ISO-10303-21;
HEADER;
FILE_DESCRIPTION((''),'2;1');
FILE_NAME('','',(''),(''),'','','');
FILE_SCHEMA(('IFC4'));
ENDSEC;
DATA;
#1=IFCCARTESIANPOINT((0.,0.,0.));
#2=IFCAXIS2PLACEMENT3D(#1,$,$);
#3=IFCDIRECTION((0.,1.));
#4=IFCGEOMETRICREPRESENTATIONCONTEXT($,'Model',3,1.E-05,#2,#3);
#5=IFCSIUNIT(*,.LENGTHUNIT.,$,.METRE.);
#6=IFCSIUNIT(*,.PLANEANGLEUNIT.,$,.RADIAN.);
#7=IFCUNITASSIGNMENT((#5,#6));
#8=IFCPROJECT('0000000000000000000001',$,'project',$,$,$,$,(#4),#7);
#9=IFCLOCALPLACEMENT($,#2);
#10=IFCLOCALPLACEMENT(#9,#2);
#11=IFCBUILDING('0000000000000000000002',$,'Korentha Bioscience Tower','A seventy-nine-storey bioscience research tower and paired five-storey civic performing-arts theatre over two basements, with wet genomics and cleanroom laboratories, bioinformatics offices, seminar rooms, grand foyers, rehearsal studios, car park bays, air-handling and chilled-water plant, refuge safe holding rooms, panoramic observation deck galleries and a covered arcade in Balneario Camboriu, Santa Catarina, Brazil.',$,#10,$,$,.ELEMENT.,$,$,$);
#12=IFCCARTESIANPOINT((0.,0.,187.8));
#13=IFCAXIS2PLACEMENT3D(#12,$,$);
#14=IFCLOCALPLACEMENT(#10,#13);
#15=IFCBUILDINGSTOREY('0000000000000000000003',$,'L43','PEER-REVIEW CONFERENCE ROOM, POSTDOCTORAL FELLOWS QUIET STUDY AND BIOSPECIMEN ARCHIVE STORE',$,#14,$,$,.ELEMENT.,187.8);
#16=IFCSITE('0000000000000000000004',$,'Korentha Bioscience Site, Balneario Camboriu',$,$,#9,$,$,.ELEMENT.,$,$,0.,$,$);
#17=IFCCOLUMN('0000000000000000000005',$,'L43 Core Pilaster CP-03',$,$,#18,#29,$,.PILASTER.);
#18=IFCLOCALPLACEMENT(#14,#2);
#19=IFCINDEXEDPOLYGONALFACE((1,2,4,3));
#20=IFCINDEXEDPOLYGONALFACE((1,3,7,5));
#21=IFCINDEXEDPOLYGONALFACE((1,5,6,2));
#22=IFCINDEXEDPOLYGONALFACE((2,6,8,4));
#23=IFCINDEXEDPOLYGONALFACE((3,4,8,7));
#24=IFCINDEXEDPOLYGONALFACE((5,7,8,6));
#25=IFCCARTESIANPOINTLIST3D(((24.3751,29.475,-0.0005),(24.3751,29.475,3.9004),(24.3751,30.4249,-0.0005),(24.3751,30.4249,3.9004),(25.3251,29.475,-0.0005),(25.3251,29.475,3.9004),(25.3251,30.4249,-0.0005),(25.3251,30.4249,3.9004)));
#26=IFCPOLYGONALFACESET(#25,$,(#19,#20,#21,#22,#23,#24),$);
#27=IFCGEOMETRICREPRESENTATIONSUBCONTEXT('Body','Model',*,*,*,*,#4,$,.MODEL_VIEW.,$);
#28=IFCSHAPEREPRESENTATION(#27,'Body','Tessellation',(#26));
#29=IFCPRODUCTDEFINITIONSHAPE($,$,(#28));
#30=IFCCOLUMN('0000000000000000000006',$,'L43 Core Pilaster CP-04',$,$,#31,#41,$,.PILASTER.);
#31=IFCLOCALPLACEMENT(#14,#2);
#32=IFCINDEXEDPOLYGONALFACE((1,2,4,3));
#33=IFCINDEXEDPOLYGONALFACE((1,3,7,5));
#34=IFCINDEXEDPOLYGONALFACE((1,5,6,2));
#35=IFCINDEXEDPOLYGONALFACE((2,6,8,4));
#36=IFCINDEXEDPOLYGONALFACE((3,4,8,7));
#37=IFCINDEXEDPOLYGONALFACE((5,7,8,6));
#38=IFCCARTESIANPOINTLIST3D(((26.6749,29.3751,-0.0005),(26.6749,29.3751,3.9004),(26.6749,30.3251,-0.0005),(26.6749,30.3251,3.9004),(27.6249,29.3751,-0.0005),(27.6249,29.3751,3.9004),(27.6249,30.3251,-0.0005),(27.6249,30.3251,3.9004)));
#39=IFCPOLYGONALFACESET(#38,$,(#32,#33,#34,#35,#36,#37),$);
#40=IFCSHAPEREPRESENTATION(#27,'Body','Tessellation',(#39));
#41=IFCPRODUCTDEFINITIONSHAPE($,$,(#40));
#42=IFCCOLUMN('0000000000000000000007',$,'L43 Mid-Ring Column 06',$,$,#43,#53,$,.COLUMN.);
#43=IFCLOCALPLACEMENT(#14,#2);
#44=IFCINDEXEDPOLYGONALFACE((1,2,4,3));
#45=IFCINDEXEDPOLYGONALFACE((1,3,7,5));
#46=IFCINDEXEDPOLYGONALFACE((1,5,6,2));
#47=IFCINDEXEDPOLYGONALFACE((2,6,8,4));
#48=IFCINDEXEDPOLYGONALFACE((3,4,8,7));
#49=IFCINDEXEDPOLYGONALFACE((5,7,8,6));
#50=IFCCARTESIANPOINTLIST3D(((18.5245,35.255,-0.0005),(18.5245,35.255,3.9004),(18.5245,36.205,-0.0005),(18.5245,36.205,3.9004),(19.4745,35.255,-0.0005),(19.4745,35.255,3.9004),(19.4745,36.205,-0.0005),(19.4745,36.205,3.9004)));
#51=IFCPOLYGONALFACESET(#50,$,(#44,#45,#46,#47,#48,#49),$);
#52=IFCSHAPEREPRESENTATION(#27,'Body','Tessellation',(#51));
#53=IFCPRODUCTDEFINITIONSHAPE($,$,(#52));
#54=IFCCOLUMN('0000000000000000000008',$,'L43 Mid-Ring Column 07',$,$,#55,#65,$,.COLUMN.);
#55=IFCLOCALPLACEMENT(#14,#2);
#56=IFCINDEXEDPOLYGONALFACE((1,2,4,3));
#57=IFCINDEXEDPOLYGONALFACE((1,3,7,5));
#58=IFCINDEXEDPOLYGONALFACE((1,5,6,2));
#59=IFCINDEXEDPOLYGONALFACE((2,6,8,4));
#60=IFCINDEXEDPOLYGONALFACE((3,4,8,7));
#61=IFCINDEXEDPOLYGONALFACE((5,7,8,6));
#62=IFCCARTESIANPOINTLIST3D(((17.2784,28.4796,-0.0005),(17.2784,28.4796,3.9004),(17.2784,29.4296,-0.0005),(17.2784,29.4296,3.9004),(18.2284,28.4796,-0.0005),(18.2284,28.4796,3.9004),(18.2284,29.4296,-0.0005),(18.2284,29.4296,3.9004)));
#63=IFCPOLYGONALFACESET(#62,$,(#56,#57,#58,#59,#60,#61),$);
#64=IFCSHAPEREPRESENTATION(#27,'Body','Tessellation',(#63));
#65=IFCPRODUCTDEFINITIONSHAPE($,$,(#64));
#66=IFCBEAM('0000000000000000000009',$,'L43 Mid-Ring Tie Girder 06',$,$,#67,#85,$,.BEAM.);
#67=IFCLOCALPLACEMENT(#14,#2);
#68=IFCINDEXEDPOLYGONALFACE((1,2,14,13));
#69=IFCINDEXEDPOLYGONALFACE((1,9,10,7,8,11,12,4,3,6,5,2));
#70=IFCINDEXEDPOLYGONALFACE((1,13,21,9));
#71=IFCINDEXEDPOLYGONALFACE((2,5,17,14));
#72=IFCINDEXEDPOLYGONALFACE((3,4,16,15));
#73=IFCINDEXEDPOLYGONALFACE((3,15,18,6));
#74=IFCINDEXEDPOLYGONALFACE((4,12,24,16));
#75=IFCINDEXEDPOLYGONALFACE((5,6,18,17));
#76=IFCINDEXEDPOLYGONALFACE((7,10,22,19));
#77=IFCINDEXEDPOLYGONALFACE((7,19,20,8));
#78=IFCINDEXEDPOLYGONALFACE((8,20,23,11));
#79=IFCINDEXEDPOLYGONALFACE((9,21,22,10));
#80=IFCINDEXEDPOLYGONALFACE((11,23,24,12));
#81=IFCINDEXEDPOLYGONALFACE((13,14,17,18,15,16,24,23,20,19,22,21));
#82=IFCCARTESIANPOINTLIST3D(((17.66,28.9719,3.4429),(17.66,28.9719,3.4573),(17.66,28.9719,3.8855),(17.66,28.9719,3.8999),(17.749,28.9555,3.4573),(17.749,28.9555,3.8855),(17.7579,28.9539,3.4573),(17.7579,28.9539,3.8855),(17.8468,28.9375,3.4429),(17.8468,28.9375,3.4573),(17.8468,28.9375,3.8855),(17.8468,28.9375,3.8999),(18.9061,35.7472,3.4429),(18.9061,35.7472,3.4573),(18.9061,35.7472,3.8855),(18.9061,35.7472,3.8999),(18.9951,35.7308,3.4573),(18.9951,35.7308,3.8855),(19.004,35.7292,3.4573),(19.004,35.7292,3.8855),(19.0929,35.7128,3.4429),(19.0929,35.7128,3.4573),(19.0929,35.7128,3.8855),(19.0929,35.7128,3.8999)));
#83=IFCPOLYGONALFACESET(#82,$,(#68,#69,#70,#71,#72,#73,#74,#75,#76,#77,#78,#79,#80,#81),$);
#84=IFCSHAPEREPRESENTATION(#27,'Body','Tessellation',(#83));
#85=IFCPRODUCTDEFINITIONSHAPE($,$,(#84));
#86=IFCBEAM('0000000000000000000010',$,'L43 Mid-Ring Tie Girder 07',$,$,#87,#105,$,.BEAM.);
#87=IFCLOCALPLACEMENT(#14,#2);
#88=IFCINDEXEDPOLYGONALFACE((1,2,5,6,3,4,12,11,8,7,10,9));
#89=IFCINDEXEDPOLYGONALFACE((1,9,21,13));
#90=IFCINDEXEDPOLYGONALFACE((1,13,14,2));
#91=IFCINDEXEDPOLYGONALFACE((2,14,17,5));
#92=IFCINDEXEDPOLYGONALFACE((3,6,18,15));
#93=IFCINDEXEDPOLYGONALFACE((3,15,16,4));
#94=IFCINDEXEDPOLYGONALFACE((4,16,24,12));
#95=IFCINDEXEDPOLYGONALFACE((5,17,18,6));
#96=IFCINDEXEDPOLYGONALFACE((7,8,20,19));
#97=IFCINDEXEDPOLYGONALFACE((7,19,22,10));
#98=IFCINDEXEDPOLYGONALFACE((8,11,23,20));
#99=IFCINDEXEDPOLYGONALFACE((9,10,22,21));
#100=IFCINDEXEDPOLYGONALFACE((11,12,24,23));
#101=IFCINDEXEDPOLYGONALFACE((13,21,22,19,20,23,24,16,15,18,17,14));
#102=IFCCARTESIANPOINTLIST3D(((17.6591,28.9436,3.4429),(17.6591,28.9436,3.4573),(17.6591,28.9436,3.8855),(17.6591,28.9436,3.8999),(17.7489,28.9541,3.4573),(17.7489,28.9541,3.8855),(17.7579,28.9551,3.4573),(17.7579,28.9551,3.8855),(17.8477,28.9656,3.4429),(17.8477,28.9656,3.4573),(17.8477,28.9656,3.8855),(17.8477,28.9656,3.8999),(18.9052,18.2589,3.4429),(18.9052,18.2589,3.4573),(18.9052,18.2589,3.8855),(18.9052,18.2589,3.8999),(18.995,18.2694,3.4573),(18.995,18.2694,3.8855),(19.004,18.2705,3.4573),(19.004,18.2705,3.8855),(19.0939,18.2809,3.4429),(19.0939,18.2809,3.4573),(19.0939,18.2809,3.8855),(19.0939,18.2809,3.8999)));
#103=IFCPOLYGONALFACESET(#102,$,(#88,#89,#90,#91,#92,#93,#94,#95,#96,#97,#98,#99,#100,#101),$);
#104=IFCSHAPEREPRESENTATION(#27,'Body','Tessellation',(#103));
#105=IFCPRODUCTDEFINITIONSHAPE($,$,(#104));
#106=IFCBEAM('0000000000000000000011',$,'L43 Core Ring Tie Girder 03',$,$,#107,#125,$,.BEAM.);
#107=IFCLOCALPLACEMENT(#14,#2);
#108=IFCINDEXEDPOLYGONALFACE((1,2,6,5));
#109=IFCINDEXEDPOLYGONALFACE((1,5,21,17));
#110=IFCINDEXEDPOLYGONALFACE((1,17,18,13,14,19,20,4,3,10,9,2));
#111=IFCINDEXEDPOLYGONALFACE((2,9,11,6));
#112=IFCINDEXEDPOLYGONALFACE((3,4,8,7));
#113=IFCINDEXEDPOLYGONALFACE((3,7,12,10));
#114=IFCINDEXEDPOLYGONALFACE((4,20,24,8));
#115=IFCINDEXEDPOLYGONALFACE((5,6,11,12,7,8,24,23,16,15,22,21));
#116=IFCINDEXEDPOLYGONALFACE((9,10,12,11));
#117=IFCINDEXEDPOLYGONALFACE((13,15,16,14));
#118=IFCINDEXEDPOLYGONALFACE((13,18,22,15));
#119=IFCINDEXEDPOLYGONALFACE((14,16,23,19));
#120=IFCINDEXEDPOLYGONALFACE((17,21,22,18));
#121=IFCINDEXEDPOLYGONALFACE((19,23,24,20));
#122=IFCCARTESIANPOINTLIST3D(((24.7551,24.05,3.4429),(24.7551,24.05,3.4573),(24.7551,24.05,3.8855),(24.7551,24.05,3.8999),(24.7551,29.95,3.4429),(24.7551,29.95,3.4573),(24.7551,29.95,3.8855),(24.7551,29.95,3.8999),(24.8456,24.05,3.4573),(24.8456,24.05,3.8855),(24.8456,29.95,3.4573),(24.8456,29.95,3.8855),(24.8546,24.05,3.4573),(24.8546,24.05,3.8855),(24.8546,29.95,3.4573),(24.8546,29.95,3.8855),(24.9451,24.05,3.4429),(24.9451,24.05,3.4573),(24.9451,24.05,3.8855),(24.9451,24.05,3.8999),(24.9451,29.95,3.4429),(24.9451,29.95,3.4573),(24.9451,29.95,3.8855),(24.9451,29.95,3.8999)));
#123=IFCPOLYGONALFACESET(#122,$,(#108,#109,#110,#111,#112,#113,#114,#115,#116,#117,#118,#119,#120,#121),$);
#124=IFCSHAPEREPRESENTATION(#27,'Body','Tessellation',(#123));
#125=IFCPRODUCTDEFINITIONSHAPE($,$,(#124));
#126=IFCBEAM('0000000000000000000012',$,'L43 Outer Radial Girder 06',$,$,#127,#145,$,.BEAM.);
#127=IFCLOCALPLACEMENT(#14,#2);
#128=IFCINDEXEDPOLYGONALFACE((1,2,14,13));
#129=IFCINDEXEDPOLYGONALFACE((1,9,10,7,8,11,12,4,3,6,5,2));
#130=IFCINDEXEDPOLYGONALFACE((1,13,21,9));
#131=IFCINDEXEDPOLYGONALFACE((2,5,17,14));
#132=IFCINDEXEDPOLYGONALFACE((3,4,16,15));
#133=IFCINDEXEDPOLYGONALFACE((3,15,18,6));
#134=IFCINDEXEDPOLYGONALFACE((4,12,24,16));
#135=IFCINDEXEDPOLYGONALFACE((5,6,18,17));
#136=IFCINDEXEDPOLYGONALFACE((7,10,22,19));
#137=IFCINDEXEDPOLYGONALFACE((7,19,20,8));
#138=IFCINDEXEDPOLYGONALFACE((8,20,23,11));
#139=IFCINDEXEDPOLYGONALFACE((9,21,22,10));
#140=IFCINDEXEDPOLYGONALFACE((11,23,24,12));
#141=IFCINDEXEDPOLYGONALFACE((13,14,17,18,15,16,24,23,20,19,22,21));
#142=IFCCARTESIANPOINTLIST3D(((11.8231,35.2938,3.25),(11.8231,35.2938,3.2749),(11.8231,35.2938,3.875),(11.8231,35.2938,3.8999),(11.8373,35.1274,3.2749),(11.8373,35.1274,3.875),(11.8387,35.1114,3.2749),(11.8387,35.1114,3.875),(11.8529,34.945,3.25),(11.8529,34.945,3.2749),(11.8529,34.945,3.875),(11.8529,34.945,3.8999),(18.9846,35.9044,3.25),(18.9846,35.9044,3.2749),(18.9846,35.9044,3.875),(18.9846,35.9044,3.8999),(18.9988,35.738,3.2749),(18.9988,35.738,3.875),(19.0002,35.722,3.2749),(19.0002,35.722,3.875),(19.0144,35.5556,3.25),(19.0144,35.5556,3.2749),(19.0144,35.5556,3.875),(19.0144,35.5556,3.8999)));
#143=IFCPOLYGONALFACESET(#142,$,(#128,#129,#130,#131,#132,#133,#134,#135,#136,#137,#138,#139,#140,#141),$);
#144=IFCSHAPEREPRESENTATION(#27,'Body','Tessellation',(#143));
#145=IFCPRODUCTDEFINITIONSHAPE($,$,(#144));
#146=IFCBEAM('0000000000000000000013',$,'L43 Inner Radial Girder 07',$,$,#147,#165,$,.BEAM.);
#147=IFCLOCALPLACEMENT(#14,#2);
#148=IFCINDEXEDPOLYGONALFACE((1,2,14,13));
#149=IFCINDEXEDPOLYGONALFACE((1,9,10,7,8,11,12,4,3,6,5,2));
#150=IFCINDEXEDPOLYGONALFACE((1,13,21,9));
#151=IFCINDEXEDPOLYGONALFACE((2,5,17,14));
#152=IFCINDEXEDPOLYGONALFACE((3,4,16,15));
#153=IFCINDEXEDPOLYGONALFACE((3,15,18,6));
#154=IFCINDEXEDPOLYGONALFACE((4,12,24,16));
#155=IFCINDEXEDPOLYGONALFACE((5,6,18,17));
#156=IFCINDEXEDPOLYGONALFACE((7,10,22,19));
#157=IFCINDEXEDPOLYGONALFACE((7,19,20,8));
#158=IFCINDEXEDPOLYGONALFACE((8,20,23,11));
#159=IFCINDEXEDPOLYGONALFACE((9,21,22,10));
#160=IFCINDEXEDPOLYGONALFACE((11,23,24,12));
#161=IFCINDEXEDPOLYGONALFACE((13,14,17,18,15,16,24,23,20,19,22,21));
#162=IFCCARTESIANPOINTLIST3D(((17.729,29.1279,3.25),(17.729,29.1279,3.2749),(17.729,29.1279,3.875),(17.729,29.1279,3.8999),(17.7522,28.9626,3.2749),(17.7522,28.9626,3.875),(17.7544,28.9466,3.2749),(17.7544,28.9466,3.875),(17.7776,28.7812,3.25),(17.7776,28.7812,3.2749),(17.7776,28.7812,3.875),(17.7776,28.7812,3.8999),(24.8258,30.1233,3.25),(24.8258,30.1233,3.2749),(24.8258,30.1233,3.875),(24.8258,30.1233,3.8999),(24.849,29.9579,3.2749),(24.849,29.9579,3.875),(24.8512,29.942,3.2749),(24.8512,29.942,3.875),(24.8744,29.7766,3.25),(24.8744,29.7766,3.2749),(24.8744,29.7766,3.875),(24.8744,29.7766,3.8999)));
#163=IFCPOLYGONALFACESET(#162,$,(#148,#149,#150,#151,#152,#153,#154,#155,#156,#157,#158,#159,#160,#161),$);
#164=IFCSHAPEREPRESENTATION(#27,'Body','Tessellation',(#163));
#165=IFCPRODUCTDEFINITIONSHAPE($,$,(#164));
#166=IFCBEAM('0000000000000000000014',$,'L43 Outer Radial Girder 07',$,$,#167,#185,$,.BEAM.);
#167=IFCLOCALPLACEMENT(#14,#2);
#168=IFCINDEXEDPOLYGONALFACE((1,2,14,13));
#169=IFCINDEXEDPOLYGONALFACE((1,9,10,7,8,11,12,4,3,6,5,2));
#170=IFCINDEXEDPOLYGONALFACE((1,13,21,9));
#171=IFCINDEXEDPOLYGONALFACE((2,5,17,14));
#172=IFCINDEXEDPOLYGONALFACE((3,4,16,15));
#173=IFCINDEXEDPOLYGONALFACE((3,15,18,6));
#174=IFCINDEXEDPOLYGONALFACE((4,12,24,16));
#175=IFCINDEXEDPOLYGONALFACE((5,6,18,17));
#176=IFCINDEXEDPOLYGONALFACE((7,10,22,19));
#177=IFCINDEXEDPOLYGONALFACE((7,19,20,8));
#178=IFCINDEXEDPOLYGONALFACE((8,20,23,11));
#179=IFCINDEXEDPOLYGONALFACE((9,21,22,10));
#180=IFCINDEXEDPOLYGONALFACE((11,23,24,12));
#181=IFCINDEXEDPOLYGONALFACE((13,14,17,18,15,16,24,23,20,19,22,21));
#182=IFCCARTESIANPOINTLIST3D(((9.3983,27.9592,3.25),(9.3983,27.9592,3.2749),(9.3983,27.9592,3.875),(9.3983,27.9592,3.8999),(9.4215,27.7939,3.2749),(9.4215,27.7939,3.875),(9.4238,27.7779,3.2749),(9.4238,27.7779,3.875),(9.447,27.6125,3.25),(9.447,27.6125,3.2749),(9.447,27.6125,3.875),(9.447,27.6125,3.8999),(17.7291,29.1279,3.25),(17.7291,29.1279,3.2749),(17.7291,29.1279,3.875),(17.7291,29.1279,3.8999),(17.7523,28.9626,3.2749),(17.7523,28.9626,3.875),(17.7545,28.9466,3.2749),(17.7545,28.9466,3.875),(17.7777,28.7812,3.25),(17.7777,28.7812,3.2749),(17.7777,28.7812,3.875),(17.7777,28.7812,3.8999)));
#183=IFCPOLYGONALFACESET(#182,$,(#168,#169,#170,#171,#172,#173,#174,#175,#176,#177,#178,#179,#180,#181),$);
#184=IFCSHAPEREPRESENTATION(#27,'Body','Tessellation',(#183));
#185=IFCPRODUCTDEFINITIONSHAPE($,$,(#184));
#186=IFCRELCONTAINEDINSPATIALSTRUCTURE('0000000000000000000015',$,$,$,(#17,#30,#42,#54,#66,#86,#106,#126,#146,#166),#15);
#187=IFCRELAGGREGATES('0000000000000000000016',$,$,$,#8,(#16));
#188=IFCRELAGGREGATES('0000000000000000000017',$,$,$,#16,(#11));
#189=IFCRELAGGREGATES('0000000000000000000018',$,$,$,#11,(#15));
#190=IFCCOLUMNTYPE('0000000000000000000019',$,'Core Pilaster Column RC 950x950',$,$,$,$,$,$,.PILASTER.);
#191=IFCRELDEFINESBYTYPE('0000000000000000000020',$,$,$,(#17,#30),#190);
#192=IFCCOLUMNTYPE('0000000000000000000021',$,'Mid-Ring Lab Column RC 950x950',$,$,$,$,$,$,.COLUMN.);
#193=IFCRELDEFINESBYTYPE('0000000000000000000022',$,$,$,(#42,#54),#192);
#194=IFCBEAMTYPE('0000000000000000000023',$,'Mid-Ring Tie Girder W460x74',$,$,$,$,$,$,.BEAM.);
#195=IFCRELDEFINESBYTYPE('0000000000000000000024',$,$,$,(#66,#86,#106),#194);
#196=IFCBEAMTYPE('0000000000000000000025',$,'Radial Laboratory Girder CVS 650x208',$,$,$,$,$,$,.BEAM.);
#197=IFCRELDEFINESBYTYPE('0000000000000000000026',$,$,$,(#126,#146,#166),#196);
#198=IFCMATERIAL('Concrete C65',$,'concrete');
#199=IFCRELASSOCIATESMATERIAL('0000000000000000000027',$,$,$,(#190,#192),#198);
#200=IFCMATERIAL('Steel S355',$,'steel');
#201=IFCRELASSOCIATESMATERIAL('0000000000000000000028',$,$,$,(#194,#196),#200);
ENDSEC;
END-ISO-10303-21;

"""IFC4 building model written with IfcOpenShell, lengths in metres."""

from ifc_helpers import new_model, si_unit, direction, frame, origin, origin_2d, place, context, subcontext, project, spatial, rectangle, i_section, extrude, material, material_profile, profile_set, type_object, element, save


model = new_model("IFC4")

# Units and contexts
model_context = context("Model", 3, precision=1e-05, world=origin(), true_north=direction((0.0, 1.0)))
body_context = subcontext(model_context, "Body", "Model", "MODEL_VIEW")
ifc_project = project(units=[si_unit("LENGTHUNIT", "METRE"), si_unit("PLANEANGLEUNIT", "RADIAN")], contexts=[model_context])

# Site, building, storey
site_placement = place(None, origin())
site = spatial("IfcSite", under=ifc_project, at=site_placement, Name="Korentha Bioscience Site, Balneario Camboriu", CompositionType="ELEMENT", RefElevation=0.0)
building_placement = place(site_placement, origin())
building = spatial("IfcBuilding", under=site, at=building_placement, Name="Korentha Bioscience Tower", Description="A seventy-nine-storey bioscience research tower and paired five-storey civic performing-arts theatre over two basements, with wet genomics and cleanroom laboratories, bioinformatics offices, seminar rooms, grand foyers, rehearsal studios, car park bays, air-handling and chilled-water plant, refuge safe holding rooms, panoramic observation deck galleries and a covered arcade in Balneario Camboriu, Santa Catarina, Brazil.", CompositionType="ELEMENT")
storey_placement = place(building_placement, frame((0.0, 0.0, 187.8)))
storey = spatial("IfcBuildingStorey", under=building, at=storey_placement, Name="L43", Description="PEER-REVIEW CONFERENCE ROOM, POSTDOCTORAL FELLOWS QUIET STUDY AND BIOSPECIMEN ARCHIVE STORE", CompositionType="ELEMENT", Elevation=187.8)

# Columns
ifc_material_1 = material(Name="Concrete C65", Category="concrete")
ifc_material_profile_1 = material_profile(ifc_material_1, rectangle(XDim=0.95, YDim=0.95, at=origin_2d()), Name="Concrete C65")
ifc_profile_set_1 = profile_set([ifc_material_profile_1], Name="Concrete C65 (COL-CP09)")
column_type_1 = type_object("IfcColumnType", Name="Core Pilaster Column RC 950x950", PredefinedType="PILASTER", material=ifc_profile_set_1)
for number, where, z_axis, x_axis, name in (
    (1, (24.8501, 29.95, -0.0005), (0.0, 0.0, 1.0), (1.0, 0.0, 0.0), "L43 Core Pilaster CP-03"),
    (2, (27.1499, 29.8501, -0.0005), (0.0, 0.0, 1.0), (1.0, 0.0, 0.0), "L43 Core Pilaster CP-04"),
):
    element("IfcColumn", number, at=place(storey_placement, frame(where, z_axis=z_axis, x_axis=x_axis)), inside=storey, type_object=column_type_1, Name=name, PredefinedType="PILASTER", context=body_context, shape_type="SweptSolid", body=[
        extrude(rectangle(XDim=0.95, YDim=0.95, at=origin_2d()), origin(), (0.0, 0.0, 1.0), 3.9009),
    ])
ifc_material_profile_2 = material_profile(ifc_material_1, rectangle(XDim=0.95, YDim=0.95, at=origin_2d()), Name="Concrete C65")
ifc_profile_set_2 = profile_set([ifc_material_profile_2], Name="Concrete C65 (COL-MR09)")
column_type_2 = type_object("IfcColumnType", Name="Mid-Ring Lab Column RC 950x950", PredefinedType="COLUMN", material=ifc_profile_set_2)
for number, where, z_axis, x_axis, name in (
    (3, (18.9995, 35.73, -0.0005), (0.0, 0.0, 1.0), (1.0, 0.0, 0.0), "L43 Mid-Ring Column 06"),
    (4, (17.7534, 28.9546, -0.0005), (0.0, 0.0, 1.0), (1.0, 0.0, 0.0), "L43 Mid-Ring Column 07"),
):
    element("IfcColumn", number, at=place(storey_placement, frame(where, z_axis=z_axis, x_axis=x_axis)), inside=storey, type_object=column_type_2, Name=name, PredefinedType="COLUMN", context=body_context, shape_type="SweptSolid", body=[
        extrude(rectangle(XDim=0.95, YDim=0.95, at=origin_2d()), origin(), (0.0, 0.0, 1.0), 3.9009),
    ])

# Beams
ifc_material_2 = material(Name="Steel S355", Category="steel")
ifc_material_profile_3 = material_profile(ifc_material_2, i_section(OverallWidth=0.1899, OverallDepth=0.457, WebThickness=0.009, FlangeThickness=0.0144, at=origin_2d()), Name="Steel S355")
ifc_profile_set_3 = profile_set([ifc_material_profile_3], Name="Steel S355 (MB-460)")
beam_type_1 = type_object("IfcBeamType", Name="Mid-Ring Tie Girder W460x74", PredefinedType="BEAM", material=ifc_profile_set_3)
beam_1_placement = place(storey_placement, frame((18.9995, 35.73, 3.6714), z_axis=(-0.180881, -0.983505, 0.0), x_axis=(0.983505, -0.180881, 0.0)))
element("IfcBeam", 5, at=beam_1_placement, inside=storey, type_object=beam_type_1, Name="L43 Mid-Ring Tie Girder 06", PredefinedType="BEAM", context=body_context, shape_type="SweptSolid", body=[
    extrude(i_section(OverallWidth=0.1899, OverallDepth=0.457, WebThickness=0.009, FlangeThickness=0.0144, at=origin_2d()), origin(), (0.0, 0.0, 1.0), 6.8889),
])
beam_2_placement = place(storey_placement, frame((17.7534, 28.9546, 3.6714), z_axis=(0.11584, -0.993268, 0.0), x_axis=(0.993268, 0.11584, 0.0)))
element("IfcBeam", 6, at=beam_2_placement, inside=storey, type_object=beam_type_1, Name="L43 Mid-Ring Tie Girder 07", PredefinedType="BEAM", context=body_context, shape_type="SweptSolid", body=[
    extrude(i_section(OverallWidth=0.1899, OverallDepth=0.457, WebThickness=0.009, FlangeThickness=0.0144, at=origin_2d()), origin(), (0.0, 0.0, 1.0), 10.7571),
])
beam_3_placement = place(storey_placement, frame((24.8501, 29.95, 3.6714), z_axis=(0.0, -1.0, 0.0), x_axis=(1.0, 0.0, 0.0)))
element("IfcBeam", 7, at=beam_3_placement, inside=storey, type_object=beam_type_1, Name="L43 Core Ring Tie Girder 03", PredefinedType="BEAM", context=body_context, shape_type="SweptSolid", body=[
    extrude(i_section(OverallWidth=0.1899, OverallDepth=0.457, WebThickness=0.009, FlangeThickness=0.0144, at=origin_2d()), origin(), (0.0, 0.0, 1.0), 5.8999),
])
ifc_material_profile_4 = material_profile(ifc_material_2, i_section(OverallWidth=0.3501, OverallDepth=0.6499, WebThickness=0.0161, FlangeThickness=0.0249, at=origin_2d()), Name="Steel S355")
ifc_profile_set_4 = profile_set([ifc_material_profile_4], Name="Steel S355 (RB-650)")
beam_type_2 = type_object("IfcBeamType", Name="Radial Laboratory Girder CVS 650x208", PredefinedType="BEAM", material=ifc_profile_set_4)
beam_4_placement = place(storey_placement, frame((18.9995, 35.73, 3.575), z_axis=(-0.996385, -0.084951, 0.0), x_axis=(0.084951, -0.996385, 0.0)))
element("IfcBeam", 8, at=beam_4_placement, inside=storey, type_object=beam_type_2, Name="L43 Outer Radial Girder 06", PredefinedType="BEAM", context=body_context, shape_type="SweptSolid", body=[
    extrude(i_section(OverallWidth=0.3501, OverallDepth=0.6499, WebThickness=0.0161, FlangeThickness=0.0249, at=origin_2d()), origin(), (0.0, 0.0, 1.0), 7.1875),
])
beam_5_placement = place(storey_placement, frame((24.8501, 29.95, 3.575), z_axis=(-0.990307, -0.138898, 0.0), x_axis=(0.138898, -0.990307, 0.0)))
element("IfcBeam", 9, at=beam_5_placement, inside=storey, type_object=beam_type_2, Name="L43 Inner Radial Girder 07", PredefinedType="BEAM", context=body_context, shape_type="SweptSolid", body=[
    extrude(i_section(OverallWidth=0.3501, OverallDepth=0.6499, WebThickness=0.0161, FlangeThickness=0.0249, at=origin_2d()), origin(), (0.0, 0.0, 1.0), 7.1663),
])
beam_6_placement = place(storey_placement, frame((17.7534, 28.9546, 3.575), z_axis=(-0.990303, -0.138926, 0.0), x_axis=(0.138926, -0.990303, 0.0)))
element("IfcBeam", 10, at=beam_6_placement, inside=storey, type_object=beam_type_2, Name="L43 Outer Radial Girder 07", PredefinedType="BEAM", context=body_context, shape_type="SweptSolid", body=[
    extrude(i_section(OverallWidth=0.3501, OverallDepth=0.6499, WebThickness=0.0161, FlangeThickness=0.0249, at=origin_2d()), origin(), (0.0, 0.0, 1.0), 8.4124),
])

save(model, "model.ifc")
